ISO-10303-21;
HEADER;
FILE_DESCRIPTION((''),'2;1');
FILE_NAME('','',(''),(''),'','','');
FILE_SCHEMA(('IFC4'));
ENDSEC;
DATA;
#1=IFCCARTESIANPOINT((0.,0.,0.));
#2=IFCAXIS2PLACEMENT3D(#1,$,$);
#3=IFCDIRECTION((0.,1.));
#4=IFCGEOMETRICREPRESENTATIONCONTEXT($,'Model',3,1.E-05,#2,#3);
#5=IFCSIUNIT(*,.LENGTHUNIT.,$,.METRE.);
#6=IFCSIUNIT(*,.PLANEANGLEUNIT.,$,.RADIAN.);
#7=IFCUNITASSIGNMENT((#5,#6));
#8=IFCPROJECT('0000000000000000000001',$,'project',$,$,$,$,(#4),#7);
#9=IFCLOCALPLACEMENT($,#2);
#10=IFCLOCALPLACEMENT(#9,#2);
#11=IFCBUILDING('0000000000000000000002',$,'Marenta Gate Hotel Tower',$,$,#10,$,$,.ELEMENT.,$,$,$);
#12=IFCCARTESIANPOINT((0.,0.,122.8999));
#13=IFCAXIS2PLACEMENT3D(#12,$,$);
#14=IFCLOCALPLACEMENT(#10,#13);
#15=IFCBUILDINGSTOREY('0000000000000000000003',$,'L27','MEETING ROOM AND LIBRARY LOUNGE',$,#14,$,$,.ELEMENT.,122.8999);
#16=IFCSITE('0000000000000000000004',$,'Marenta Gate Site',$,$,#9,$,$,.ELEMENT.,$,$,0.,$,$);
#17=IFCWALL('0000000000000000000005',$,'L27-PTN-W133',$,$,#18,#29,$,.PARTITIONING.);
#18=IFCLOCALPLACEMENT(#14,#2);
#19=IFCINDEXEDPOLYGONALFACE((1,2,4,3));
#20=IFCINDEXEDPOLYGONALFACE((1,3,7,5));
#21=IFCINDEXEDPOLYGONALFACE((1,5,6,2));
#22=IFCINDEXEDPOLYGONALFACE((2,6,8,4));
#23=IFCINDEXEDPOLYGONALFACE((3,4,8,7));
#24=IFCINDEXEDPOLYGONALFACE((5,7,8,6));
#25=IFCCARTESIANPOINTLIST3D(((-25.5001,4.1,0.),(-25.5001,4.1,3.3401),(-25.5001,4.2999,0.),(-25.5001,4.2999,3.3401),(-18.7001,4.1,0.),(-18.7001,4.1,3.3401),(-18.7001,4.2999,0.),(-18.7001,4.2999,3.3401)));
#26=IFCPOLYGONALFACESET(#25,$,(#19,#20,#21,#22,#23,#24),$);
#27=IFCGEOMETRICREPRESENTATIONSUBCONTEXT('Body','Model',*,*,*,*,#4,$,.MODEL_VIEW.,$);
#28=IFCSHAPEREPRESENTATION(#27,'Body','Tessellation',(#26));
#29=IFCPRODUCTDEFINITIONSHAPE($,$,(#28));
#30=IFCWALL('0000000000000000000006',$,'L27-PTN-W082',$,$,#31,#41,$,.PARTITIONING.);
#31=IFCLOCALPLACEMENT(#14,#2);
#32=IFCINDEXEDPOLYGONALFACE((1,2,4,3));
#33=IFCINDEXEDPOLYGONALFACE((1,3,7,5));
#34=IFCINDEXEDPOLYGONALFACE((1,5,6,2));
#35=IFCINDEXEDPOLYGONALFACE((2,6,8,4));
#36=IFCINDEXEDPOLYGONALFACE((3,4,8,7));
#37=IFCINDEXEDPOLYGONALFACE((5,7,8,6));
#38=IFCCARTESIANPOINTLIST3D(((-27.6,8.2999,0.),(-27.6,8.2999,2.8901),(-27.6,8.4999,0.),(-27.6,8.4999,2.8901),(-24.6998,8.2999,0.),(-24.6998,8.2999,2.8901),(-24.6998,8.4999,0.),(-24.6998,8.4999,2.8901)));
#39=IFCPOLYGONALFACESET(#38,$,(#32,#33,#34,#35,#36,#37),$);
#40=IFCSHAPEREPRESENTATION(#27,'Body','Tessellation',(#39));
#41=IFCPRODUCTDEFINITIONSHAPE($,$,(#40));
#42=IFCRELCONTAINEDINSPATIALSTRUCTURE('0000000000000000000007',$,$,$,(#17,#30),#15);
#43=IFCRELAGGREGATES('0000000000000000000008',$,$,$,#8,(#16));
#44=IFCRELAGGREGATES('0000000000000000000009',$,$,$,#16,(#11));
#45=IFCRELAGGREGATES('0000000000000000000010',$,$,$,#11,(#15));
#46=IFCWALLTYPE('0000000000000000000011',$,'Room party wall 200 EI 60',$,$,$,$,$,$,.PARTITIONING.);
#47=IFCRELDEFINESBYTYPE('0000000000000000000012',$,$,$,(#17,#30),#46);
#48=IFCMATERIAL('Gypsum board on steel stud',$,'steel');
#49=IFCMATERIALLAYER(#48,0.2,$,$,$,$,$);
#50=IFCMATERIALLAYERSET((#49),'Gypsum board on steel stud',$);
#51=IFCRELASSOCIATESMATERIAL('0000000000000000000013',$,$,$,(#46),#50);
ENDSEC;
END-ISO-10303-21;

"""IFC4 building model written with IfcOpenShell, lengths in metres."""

from ifc_helpers import new_model, si_unit, direction, frame, frame_2d, origin, place, context, subcontext, project, spatial, rectangle, extrude, material, layer, layer_set, type_object, element, save


model = new_model("IFC4")

# Units and contexts
model_context = context("Model", 3, precision=1e-05, world=origin(), true_north=direction((0.0, 1.0)))
body_context = subcontext(model_context, "Body", "Model", "MODEL_VIEW")
ifc_project = project(units=[si_unit("LENGTHUNIT", "METRE"), si_unit("PLANEANGLEUNIT", "RADIAN")], contexts=[model_context])

# Site, building, storey
site_placement = place(None, origin())
site = spatial("IfcSite", under=ifc_project, at=site_placement, Name="Marenta Gate Site", CompositionType="ELEMENT", RefElevation=0.0)
building_placement = place(site_placement, origin())
building = spatial("IfcBuilding", under=site, at=building_placement, Name="Marenta Gate Hotel Tower", CompositionType="ELEMENT")
storey_placement = place(building_placement, frame((0.0, 0.0, 122.8999)))
storey = spatial("IfcBuildingStorey", under=building, at=storey_placement, Name="L27", Description="MEETING ROOM AND LIBRARY LOUNGE", CompositionType="ELEMENT", Elevation=122.8999)

# Walls
ifc_material_1 = material(Name="Gypsum board on steel stud", Category="steel")
ifc_layer_1 = layer(ifc_material_1, 0.2)
ifc_layer_set_1 = layer_set([ifc_layer_1], Name="Gypsum board on steel stud")
wall_type_1 = type_object("IfcWallType", Name="Room party wall 200 EI 60", PredefinedType="PARTITIONING", material=ifc_layer_set_1)
wall_1_placement = place(storey_placement, frame((-25.5, 4.2, 0.0), z_axis=(0.0, 0.0, 1.0), x_axis=(1.0, 0.0, 0.0)))
element("IfcWall", 1, at=wall_1_placement, inside=storey, type_object=wall_type_1, Name="L27-PTN-W133", PredefinedType="PARTITIONING", context=body_context, shape_type="SweptSolid", body=[
    extrude(rectangle(XDim=6.8, YDim=0.2, at=frame_2d((3.3999, 0.0))), origin(), (0.0, 0.0, 1.0), 3.3401),
])
wall_2_placement = place(storey_placement, frame((-27.6001, 8.3999, 0.0), z_axis=(0.0, 0.0, 1.0), x_axis=(1.0, 0.0, 0.0)))
element("IfcWall", 2, at=wall_2_placement, inside=storey, type_object=wall_type_1, Name="L27-PTN-W082", PredefinedType="PARTITIONING", context=body_context, shape_type="SweptSolid", body=[
    extrude(rectangle(XDim=2.9001, YDim=0.2, at=frame_2d((1.4502, 0.0))), origin(), (0.0, 0.0, 1.0), 2.8901),
])

save(model, "model.ifc")
